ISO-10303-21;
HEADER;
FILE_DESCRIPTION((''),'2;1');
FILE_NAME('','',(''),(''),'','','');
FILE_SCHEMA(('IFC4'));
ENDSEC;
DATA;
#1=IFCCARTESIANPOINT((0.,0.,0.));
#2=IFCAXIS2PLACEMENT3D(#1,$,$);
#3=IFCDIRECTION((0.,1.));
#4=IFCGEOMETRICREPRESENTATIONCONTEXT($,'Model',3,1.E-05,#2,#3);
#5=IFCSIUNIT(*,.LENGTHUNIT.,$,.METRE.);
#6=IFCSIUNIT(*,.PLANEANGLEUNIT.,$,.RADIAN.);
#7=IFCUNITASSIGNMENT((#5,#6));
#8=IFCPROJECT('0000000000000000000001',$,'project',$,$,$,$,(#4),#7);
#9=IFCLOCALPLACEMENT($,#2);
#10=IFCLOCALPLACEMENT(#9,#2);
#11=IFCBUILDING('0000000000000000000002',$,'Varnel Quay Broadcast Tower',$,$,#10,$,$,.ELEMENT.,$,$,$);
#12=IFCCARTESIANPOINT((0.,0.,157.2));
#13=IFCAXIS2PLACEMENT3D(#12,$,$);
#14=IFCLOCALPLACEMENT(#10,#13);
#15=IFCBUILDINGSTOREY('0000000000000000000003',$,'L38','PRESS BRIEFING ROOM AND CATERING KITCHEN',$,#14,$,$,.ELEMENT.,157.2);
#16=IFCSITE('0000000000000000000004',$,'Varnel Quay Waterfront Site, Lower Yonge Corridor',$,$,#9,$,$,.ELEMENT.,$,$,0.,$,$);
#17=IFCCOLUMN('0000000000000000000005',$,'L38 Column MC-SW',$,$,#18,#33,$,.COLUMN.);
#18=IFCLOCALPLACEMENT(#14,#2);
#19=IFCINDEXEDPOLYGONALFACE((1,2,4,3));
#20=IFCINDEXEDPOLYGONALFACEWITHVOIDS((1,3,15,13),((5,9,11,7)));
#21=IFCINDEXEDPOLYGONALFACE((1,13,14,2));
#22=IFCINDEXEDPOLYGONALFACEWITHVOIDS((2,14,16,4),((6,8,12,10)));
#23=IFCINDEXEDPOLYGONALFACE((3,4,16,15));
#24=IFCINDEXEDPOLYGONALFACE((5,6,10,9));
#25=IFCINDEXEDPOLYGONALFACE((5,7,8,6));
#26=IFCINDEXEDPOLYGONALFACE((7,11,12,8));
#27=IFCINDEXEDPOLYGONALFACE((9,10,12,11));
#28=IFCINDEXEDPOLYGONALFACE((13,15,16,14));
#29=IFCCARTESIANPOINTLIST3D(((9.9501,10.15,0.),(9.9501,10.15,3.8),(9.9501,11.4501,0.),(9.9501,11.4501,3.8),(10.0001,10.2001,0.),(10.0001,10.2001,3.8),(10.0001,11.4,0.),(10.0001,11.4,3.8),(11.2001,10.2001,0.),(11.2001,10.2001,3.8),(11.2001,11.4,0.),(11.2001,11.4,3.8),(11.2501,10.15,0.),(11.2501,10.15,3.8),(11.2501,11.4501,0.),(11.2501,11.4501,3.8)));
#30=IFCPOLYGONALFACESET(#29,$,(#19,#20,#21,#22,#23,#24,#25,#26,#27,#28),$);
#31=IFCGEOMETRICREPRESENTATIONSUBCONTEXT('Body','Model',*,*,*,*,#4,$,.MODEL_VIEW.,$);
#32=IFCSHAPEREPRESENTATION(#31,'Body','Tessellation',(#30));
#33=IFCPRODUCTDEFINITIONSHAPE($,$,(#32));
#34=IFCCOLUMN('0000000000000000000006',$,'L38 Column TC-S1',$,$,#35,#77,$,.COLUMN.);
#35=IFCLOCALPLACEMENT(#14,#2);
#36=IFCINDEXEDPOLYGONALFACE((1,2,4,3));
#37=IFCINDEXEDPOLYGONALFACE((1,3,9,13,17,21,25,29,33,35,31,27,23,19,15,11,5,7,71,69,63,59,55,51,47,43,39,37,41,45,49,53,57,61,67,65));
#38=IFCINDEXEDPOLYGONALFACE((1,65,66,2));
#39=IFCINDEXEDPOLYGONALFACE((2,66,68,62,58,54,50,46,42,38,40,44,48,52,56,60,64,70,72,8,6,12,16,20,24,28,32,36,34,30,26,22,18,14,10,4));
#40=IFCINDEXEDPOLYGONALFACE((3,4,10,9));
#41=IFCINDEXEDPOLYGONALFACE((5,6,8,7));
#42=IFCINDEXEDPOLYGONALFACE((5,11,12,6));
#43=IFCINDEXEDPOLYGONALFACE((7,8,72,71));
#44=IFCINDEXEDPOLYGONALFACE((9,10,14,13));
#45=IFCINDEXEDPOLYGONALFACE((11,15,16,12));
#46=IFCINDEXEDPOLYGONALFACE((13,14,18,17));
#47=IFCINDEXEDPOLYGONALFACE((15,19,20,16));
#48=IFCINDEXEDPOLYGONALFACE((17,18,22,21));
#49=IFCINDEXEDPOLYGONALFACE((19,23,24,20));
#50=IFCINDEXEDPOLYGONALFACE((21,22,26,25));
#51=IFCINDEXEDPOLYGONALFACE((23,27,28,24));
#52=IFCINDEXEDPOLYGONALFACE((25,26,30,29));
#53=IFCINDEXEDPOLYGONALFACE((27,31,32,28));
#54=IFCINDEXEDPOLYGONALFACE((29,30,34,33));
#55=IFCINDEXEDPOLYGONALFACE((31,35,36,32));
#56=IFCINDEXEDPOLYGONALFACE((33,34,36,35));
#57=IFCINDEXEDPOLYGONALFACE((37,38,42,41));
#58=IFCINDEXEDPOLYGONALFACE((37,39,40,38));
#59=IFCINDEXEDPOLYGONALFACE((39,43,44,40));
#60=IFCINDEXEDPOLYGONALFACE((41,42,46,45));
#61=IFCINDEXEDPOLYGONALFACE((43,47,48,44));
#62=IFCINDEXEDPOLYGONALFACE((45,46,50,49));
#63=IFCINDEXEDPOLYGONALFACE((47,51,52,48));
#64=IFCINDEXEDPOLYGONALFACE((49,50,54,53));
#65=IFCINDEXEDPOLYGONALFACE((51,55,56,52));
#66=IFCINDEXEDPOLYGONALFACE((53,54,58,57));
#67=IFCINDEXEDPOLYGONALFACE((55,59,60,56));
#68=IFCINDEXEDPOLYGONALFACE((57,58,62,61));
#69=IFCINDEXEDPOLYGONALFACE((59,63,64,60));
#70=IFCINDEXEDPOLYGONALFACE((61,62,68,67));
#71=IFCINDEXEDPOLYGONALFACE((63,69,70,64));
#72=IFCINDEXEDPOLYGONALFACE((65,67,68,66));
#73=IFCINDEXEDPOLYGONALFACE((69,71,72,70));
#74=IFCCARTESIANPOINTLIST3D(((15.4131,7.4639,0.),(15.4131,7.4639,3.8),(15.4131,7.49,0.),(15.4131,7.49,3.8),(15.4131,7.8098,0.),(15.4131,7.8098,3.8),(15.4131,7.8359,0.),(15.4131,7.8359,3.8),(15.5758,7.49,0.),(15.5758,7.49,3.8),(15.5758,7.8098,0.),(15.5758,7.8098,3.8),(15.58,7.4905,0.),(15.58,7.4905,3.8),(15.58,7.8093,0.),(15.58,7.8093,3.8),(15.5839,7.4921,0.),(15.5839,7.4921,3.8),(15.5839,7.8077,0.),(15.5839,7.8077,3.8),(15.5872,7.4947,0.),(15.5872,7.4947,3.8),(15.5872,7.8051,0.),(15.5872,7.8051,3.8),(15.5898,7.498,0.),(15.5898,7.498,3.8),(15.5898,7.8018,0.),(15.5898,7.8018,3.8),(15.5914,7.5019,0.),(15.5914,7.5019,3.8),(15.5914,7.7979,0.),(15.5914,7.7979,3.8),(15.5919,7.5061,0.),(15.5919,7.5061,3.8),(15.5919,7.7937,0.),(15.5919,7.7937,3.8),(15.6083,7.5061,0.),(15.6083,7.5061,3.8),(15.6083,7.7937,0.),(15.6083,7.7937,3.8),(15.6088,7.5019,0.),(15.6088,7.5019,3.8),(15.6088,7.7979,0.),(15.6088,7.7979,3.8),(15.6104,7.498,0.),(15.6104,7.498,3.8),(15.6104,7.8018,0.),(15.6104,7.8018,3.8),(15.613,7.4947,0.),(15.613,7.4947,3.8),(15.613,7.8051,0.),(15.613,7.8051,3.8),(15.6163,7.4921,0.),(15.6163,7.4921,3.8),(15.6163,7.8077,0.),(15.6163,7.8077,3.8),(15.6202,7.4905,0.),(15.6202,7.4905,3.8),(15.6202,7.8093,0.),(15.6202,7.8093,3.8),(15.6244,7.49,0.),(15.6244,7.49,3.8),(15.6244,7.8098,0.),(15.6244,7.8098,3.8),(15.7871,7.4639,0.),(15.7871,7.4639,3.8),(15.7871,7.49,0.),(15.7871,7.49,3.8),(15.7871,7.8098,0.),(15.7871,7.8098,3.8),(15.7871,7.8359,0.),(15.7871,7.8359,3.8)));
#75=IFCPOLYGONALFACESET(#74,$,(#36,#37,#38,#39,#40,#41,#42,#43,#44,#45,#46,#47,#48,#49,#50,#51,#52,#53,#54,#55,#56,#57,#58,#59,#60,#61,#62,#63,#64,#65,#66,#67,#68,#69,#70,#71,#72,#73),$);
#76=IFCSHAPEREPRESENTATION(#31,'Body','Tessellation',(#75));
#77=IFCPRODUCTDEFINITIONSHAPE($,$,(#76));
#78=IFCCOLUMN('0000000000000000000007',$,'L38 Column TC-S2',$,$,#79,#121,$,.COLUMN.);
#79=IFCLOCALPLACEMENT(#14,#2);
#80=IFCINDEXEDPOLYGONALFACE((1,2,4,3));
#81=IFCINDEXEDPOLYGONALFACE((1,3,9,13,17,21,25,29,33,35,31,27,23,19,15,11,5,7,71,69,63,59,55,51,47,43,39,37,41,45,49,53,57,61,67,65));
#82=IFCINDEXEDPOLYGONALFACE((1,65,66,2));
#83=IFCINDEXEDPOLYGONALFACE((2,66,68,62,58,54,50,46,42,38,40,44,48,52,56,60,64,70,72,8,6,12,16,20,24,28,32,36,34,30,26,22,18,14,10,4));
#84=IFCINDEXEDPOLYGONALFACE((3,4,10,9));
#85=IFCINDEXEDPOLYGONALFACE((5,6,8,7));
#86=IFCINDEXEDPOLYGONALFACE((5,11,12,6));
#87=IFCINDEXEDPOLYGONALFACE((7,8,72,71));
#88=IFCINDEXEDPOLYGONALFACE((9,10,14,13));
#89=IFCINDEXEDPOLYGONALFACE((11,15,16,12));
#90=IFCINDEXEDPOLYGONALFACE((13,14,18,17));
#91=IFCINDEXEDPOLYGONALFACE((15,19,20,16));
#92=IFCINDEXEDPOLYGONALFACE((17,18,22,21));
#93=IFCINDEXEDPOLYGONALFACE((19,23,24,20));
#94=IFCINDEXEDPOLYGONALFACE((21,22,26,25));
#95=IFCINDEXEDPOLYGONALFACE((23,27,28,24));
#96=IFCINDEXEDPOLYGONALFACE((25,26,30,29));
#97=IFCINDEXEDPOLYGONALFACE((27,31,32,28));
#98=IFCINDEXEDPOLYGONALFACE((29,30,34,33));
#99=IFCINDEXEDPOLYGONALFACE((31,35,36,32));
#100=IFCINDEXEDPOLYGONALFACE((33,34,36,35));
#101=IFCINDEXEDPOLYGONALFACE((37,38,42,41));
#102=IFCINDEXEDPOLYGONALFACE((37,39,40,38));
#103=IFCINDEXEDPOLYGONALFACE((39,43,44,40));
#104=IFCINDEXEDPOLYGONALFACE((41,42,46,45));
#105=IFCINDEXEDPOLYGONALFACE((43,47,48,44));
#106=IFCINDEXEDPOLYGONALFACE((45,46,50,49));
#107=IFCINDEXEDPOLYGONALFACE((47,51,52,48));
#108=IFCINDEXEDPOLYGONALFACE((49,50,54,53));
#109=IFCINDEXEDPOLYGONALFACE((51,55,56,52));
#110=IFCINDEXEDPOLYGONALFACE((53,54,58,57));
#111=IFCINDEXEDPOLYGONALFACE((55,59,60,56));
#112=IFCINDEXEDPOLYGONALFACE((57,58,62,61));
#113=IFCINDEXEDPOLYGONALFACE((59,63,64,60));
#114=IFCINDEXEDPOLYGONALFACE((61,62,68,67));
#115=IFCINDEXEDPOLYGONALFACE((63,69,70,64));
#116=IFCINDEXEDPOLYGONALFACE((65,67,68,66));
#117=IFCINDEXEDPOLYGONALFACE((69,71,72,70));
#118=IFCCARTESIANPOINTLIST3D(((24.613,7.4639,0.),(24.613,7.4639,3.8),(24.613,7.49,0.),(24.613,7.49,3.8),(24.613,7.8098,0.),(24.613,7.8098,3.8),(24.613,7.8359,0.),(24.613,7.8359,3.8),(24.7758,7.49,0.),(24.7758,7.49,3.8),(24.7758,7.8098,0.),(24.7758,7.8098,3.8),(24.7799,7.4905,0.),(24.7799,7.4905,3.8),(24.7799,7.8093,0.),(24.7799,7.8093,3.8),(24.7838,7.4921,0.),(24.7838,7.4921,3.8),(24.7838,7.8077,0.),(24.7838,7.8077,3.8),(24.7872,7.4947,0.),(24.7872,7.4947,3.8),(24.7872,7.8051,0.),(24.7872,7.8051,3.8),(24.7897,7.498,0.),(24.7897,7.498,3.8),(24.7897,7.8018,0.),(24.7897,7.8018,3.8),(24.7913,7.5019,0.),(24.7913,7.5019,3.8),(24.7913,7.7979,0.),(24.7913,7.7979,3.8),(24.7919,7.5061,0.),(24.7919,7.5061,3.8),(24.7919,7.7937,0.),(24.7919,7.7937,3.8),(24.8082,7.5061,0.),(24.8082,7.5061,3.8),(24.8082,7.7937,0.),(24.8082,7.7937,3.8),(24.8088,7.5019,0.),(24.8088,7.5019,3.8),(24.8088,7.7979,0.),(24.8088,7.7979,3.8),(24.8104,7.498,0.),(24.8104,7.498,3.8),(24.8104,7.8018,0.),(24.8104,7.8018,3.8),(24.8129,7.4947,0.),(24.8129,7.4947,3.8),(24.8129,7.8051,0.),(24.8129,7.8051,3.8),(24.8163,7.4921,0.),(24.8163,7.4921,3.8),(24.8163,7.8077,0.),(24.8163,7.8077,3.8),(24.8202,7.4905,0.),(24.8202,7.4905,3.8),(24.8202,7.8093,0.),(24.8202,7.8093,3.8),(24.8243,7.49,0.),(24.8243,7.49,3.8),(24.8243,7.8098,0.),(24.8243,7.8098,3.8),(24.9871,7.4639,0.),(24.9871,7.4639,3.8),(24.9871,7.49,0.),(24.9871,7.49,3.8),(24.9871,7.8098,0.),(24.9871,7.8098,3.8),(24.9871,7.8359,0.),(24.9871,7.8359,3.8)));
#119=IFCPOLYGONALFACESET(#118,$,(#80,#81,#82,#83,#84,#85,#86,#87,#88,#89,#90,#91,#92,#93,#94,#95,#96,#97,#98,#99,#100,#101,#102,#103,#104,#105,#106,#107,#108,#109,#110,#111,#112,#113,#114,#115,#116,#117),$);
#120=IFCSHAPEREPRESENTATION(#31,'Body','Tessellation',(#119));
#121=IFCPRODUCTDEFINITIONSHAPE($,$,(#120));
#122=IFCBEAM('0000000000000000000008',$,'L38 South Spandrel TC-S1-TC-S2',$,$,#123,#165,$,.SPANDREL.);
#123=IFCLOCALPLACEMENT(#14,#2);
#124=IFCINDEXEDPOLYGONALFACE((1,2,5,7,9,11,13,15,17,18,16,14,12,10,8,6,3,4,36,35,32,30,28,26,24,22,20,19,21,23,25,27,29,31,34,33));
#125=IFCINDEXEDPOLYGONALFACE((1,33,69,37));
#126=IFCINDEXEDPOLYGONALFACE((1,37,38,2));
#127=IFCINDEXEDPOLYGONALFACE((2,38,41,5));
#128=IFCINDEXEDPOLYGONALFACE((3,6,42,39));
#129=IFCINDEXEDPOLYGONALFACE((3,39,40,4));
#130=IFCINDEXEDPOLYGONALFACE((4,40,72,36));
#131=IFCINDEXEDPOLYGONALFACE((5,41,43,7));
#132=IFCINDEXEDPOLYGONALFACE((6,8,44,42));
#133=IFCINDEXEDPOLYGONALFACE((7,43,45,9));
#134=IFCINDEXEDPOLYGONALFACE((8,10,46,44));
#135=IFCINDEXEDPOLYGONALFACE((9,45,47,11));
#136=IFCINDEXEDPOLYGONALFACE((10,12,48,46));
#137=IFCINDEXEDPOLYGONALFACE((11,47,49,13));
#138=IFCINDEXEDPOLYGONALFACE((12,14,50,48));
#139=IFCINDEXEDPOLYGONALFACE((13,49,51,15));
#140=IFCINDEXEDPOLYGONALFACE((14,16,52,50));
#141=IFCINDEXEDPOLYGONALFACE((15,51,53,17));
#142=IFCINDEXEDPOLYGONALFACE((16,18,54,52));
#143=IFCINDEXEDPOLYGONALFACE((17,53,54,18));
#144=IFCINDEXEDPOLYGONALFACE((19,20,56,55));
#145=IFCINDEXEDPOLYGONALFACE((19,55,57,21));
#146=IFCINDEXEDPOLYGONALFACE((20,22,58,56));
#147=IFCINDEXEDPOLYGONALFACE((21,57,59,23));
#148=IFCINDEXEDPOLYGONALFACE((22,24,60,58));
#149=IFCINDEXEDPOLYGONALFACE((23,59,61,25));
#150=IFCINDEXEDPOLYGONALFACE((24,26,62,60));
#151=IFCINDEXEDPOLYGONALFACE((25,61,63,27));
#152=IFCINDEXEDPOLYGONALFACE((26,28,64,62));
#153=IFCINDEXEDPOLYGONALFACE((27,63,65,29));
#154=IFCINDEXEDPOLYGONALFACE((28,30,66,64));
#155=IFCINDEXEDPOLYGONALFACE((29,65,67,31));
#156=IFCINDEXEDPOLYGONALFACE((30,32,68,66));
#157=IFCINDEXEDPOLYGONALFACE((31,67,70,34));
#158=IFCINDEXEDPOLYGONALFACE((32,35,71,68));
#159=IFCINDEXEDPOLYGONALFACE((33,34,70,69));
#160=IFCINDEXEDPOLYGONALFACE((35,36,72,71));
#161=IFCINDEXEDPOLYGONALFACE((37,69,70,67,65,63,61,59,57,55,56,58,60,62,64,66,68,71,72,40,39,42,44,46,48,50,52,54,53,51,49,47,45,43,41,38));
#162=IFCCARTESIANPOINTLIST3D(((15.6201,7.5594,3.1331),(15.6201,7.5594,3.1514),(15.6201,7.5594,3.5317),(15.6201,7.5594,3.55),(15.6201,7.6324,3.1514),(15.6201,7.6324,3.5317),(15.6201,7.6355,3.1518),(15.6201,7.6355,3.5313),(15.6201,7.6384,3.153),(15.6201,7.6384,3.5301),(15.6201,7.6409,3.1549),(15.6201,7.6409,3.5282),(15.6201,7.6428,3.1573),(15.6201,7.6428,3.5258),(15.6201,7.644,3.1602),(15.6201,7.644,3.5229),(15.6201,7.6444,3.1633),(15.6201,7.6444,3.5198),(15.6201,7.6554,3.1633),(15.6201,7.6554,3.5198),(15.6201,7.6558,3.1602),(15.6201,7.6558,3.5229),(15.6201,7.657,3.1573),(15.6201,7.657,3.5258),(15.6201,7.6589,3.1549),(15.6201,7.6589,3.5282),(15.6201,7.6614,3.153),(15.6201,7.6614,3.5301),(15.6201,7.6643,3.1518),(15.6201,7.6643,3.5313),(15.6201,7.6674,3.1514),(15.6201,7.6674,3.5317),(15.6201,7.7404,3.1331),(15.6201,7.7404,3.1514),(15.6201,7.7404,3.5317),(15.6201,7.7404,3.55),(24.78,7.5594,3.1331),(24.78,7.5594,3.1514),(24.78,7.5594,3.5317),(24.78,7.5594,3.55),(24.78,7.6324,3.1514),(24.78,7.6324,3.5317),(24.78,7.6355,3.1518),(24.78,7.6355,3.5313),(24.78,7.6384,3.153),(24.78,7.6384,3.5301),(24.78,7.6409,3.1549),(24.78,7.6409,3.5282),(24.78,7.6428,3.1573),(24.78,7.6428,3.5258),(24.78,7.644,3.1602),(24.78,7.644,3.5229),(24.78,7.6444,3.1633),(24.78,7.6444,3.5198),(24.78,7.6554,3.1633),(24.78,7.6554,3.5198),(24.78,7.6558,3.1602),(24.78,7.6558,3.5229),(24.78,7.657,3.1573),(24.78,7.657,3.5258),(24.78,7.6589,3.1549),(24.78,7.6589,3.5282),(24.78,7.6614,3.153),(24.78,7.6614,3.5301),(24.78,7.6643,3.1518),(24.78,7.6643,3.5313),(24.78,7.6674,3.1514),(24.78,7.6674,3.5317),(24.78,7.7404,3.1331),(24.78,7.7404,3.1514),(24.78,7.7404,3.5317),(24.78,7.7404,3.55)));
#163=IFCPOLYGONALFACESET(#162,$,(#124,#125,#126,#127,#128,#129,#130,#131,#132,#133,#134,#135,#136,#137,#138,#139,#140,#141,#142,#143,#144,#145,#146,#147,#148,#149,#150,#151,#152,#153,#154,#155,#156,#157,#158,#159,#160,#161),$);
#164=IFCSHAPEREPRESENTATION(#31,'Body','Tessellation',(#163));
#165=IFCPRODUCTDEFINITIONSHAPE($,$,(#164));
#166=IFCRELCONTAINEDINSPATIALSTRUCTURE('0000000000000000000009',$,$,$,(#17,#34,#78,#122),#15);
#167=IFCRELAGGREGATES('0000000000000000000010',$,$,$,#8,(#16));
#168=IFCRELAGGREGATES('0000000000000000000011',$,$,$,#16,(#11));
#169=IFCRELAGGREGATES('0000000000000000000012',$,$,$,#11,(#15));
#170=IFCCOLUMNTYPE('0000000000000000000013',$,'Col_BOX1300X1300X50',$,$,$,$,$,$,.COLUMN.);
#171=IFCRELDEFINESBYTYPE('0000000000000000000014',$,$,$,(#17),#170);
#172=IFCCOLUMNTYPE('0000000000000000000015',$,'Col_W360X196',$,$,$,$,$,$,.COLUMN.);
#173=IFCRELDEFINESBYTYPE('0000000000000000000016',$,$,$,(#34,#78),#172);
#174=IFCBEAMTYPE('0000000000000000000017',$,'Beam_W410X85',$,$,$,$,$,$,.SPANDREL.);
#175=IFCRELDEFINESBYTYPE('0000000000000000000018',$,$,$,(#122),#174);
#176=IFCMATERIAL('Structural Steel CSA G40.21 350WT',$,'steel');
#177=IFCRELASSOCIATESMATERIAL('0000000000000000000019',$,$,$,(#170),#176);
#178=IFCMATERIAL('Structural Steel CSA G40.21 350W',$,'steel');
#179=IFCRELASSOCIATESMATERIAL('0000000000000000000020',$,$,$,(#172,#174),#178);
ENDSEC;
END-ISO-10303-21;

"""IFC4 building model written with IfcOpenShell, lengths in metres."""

from ifc_helpers import new_model, si_unit, direction, frame, origin, origin_2d, place, context, subcontext, project, spatial, hollow_rectangle, i_section, extrude, source, transform, mapped, material, material_profile, profile_set, type_object, type_shapes, element, save


model = new_model("IFC4")

# Units and contexts
model_context = context("Model", 3, precision=1e-05, world=origin(), true_north=direction((0.0, 1.0)))
body_context = subcontext(model_context, "Body", "Model", "MODEL_VIEW")
ifc_project = project(units=[si_unit("LENGTHUNIT", "METRE"), si_unit("PLANEANGLEUNIT", "RADIAN")], contexts=[model_context])

# Site, building, storey
site_placement = place(None, origin())
site = spatial("IfcSite", under=ifc_project, at=site_placement, Name="Varnel Quay Waterfront Site, Lower Yonge Corridor", CompositionType="ELEMENT", RefElevation=0.0)
building_placement = place(site_placement, origin())
building = spatial("IfcBuilding", under=site, at=building_placement, Name="Varnel Quay Broadcast Tower", CompositionType="ELEMENT")
storey_placement = place(building_placement, frame((0.0, 0.0, 157.2)))
storey = spatial("IfcBuildingStorey", under=building, at=storey_placement, Name="L38", Description="PRESS BRIEFING ROOM AND CATERING KITCHEN", CompositionType="ELEMENT", Elevation=157.2)

# Columns
ifc_material_1 = material(Name="Structural Steel CSA G40.21 350WT", Category="steel")
ifc_material_profile_1 = material_profile(ifc_material_1, hollow_rectangle(XDim=1.3, YDim=1.3, WallThickness=0.05, at=origin_2d()), Name="BOX1300X1300X50")
ifc_profile_set_1 = profile_set([ifc_material_profile_1], Name="Structural Steel CSA G40.21 350WT")
column_type_1 = type_object("IfcColumnType", Name="Col_BOX1300X1300X50", PredefinedType="COLUMN", material=ifc_profile_set_1)
shared_shape_1 = source(origin(), body_context, "Body", "SweptSolid", [
    extrude(hollow_rectangle(XDim=1.3, YDim=1.3, WallThickness=0.05, at=origin_2d()), origin(), (0.0, 0.0, 1.0), 3.8),
])
type_shapes(column_type_1, [shared_shape_1])
column_placement = place(storey_placement, frame((10.6001, 10.8, 0.0), z_axis=(0.0, 0.0, 1.0), x_axis=(1.0, 0.0, 0.0)))
element("IfcColumn", 1, at=column_placement, inside=storey, type_object=column_type_1, Name="L38 Column MC-SW", PredefinedType="COLUMN", context=body_context, shape_type="MappedRepresentation", body=[
    mapped(shared_shape_1, transform((0.0, 0.0, 0.0), x_axis=(1.0, 0.0, 0.0), y_axis=(0.0, 1.0, 0.0), z_axis=(0.0, 0.0, 1.0), scale=1.0)),
])
ifc_material_2 = material(Name="Structural Steel CSA G40.21 350W", Category="steel")
ifc_material_profile_2 = material_profile(ifc_material_2, i_section(OverallWidth=0.374, OverallDepth=0.3721, WebThickness=0.0164, FlangeThickness=0.0261, FilletRadius=0.0161, at=origin_2d()), Name="W360X196")
ifc_profile_set_2 = profile_set([ifc_material_profile_2], Name="Structural Steel CSA G40.21 350W")
column_type_2 = type_object("IfcColumnType", Name="Col_W360X196", PredefinedType="COLUMN", material=ifc_profile_set_2)
shared_shape_2 = source(origin(), body_context, "Body", "SweptSolid", [
    extrude(i_section(OverallWidth=0.374, OverallDepth=0.3721, WebThickness=0.0164, FlangeThickness=0.0261, FilletRadius=0.0161, at=origin_2d()), origin(), (0.0, 0.0, 1.0), 3.8),
])
type_shapes(column_type_2, [shared_shape_2])
for number, where, z_axis, x_axis, name in (
    (2, (15.6001, 7.6499, 0.0), (0.0, 0.0, 1.0), (1.0, 0.0, 0.0), "L38 Column TC-S1"),
    (3, (24.8, 7.6499, 0.0), (0.0, 0.0, 1.0), (1.0, 0.0, 0.0), "L38 Column TC-S2"),
):
    element("IfcColumn", number, at=place(storey_placement, frame(where, z_axis=z_axis, x_axis=x_axis)), inside=storey, type_object=column_type_2, Name=name, PredefinedType="COLUMN", context=body_context, shape_type="MappedRepresentation", body=[
        mapped(shared_shape_2, transform((0.0, 0.0, 0.0), x_axis=(1.0, 0.0, 0.0), y_axis=(0.0, 1.0, 0.0), z_axis=(0.0, 0.0, 1.0), scale=1.0)),
    ])

# Beam
ifc_material_profile_3 = material_profile(ifc_material_2, i_section(OverallWidth=0.1809, OverallDepth=0.417, WebThickness=0.011, FlangeThickness=0.0183, FilletRadius=0.012, at=origin_2d()), Name="W410X85")
ifc_profile_set_3 = profile_set([ifc_material_profile_3], Name="Structural Steel CSA G40.21 350W")
beam_type_1 = type_object("IfcBeamType", Name="Beam_W410X85", PredefinedType="SPANDREL", material=ifc_profile_set_3)
shared_shape_3 = source(origin(), body_context, "Body", "SweptSolid", [
    extrude(i_section(OverallWidth=0.1809, OverallDepth=0.417, WebThickness=0.011, FlangeThickness=0.0183, FilletRadius=0.012, at=origin_2d()), origin(), (0.0, 0.0, 1.0), 9.1599),
])
for number, where, z_axis, x_axis, name in (
    (4, (15.6201, 7.6499, 3.3416), (1.0, 0.0, 0.0), (0.0, 1.0, 0.0), "L38 South Spandrel TC-S1-TC-S2"),
):
    element("IfcBeam", number, at=place(storey_placement, frame(where, z_axis=z_axis, x_axis=x_axis)), inside=storey, type_object=beam_type_1, Name=name, PredefinedType="SPANDREL", context=body_context, shape_type="MappedRepresentation", body=[
        mapped(shared_shape_3, transform((0.0, 0.0, 0.0), x_axis=(1.0, 0.0, 0.0), y_axis=(0.0, 1.0, 0.0), z_axis=(0.0, 0.0, 1.0), scale=1.0)),
    ])

save(model, "model.ifc")
